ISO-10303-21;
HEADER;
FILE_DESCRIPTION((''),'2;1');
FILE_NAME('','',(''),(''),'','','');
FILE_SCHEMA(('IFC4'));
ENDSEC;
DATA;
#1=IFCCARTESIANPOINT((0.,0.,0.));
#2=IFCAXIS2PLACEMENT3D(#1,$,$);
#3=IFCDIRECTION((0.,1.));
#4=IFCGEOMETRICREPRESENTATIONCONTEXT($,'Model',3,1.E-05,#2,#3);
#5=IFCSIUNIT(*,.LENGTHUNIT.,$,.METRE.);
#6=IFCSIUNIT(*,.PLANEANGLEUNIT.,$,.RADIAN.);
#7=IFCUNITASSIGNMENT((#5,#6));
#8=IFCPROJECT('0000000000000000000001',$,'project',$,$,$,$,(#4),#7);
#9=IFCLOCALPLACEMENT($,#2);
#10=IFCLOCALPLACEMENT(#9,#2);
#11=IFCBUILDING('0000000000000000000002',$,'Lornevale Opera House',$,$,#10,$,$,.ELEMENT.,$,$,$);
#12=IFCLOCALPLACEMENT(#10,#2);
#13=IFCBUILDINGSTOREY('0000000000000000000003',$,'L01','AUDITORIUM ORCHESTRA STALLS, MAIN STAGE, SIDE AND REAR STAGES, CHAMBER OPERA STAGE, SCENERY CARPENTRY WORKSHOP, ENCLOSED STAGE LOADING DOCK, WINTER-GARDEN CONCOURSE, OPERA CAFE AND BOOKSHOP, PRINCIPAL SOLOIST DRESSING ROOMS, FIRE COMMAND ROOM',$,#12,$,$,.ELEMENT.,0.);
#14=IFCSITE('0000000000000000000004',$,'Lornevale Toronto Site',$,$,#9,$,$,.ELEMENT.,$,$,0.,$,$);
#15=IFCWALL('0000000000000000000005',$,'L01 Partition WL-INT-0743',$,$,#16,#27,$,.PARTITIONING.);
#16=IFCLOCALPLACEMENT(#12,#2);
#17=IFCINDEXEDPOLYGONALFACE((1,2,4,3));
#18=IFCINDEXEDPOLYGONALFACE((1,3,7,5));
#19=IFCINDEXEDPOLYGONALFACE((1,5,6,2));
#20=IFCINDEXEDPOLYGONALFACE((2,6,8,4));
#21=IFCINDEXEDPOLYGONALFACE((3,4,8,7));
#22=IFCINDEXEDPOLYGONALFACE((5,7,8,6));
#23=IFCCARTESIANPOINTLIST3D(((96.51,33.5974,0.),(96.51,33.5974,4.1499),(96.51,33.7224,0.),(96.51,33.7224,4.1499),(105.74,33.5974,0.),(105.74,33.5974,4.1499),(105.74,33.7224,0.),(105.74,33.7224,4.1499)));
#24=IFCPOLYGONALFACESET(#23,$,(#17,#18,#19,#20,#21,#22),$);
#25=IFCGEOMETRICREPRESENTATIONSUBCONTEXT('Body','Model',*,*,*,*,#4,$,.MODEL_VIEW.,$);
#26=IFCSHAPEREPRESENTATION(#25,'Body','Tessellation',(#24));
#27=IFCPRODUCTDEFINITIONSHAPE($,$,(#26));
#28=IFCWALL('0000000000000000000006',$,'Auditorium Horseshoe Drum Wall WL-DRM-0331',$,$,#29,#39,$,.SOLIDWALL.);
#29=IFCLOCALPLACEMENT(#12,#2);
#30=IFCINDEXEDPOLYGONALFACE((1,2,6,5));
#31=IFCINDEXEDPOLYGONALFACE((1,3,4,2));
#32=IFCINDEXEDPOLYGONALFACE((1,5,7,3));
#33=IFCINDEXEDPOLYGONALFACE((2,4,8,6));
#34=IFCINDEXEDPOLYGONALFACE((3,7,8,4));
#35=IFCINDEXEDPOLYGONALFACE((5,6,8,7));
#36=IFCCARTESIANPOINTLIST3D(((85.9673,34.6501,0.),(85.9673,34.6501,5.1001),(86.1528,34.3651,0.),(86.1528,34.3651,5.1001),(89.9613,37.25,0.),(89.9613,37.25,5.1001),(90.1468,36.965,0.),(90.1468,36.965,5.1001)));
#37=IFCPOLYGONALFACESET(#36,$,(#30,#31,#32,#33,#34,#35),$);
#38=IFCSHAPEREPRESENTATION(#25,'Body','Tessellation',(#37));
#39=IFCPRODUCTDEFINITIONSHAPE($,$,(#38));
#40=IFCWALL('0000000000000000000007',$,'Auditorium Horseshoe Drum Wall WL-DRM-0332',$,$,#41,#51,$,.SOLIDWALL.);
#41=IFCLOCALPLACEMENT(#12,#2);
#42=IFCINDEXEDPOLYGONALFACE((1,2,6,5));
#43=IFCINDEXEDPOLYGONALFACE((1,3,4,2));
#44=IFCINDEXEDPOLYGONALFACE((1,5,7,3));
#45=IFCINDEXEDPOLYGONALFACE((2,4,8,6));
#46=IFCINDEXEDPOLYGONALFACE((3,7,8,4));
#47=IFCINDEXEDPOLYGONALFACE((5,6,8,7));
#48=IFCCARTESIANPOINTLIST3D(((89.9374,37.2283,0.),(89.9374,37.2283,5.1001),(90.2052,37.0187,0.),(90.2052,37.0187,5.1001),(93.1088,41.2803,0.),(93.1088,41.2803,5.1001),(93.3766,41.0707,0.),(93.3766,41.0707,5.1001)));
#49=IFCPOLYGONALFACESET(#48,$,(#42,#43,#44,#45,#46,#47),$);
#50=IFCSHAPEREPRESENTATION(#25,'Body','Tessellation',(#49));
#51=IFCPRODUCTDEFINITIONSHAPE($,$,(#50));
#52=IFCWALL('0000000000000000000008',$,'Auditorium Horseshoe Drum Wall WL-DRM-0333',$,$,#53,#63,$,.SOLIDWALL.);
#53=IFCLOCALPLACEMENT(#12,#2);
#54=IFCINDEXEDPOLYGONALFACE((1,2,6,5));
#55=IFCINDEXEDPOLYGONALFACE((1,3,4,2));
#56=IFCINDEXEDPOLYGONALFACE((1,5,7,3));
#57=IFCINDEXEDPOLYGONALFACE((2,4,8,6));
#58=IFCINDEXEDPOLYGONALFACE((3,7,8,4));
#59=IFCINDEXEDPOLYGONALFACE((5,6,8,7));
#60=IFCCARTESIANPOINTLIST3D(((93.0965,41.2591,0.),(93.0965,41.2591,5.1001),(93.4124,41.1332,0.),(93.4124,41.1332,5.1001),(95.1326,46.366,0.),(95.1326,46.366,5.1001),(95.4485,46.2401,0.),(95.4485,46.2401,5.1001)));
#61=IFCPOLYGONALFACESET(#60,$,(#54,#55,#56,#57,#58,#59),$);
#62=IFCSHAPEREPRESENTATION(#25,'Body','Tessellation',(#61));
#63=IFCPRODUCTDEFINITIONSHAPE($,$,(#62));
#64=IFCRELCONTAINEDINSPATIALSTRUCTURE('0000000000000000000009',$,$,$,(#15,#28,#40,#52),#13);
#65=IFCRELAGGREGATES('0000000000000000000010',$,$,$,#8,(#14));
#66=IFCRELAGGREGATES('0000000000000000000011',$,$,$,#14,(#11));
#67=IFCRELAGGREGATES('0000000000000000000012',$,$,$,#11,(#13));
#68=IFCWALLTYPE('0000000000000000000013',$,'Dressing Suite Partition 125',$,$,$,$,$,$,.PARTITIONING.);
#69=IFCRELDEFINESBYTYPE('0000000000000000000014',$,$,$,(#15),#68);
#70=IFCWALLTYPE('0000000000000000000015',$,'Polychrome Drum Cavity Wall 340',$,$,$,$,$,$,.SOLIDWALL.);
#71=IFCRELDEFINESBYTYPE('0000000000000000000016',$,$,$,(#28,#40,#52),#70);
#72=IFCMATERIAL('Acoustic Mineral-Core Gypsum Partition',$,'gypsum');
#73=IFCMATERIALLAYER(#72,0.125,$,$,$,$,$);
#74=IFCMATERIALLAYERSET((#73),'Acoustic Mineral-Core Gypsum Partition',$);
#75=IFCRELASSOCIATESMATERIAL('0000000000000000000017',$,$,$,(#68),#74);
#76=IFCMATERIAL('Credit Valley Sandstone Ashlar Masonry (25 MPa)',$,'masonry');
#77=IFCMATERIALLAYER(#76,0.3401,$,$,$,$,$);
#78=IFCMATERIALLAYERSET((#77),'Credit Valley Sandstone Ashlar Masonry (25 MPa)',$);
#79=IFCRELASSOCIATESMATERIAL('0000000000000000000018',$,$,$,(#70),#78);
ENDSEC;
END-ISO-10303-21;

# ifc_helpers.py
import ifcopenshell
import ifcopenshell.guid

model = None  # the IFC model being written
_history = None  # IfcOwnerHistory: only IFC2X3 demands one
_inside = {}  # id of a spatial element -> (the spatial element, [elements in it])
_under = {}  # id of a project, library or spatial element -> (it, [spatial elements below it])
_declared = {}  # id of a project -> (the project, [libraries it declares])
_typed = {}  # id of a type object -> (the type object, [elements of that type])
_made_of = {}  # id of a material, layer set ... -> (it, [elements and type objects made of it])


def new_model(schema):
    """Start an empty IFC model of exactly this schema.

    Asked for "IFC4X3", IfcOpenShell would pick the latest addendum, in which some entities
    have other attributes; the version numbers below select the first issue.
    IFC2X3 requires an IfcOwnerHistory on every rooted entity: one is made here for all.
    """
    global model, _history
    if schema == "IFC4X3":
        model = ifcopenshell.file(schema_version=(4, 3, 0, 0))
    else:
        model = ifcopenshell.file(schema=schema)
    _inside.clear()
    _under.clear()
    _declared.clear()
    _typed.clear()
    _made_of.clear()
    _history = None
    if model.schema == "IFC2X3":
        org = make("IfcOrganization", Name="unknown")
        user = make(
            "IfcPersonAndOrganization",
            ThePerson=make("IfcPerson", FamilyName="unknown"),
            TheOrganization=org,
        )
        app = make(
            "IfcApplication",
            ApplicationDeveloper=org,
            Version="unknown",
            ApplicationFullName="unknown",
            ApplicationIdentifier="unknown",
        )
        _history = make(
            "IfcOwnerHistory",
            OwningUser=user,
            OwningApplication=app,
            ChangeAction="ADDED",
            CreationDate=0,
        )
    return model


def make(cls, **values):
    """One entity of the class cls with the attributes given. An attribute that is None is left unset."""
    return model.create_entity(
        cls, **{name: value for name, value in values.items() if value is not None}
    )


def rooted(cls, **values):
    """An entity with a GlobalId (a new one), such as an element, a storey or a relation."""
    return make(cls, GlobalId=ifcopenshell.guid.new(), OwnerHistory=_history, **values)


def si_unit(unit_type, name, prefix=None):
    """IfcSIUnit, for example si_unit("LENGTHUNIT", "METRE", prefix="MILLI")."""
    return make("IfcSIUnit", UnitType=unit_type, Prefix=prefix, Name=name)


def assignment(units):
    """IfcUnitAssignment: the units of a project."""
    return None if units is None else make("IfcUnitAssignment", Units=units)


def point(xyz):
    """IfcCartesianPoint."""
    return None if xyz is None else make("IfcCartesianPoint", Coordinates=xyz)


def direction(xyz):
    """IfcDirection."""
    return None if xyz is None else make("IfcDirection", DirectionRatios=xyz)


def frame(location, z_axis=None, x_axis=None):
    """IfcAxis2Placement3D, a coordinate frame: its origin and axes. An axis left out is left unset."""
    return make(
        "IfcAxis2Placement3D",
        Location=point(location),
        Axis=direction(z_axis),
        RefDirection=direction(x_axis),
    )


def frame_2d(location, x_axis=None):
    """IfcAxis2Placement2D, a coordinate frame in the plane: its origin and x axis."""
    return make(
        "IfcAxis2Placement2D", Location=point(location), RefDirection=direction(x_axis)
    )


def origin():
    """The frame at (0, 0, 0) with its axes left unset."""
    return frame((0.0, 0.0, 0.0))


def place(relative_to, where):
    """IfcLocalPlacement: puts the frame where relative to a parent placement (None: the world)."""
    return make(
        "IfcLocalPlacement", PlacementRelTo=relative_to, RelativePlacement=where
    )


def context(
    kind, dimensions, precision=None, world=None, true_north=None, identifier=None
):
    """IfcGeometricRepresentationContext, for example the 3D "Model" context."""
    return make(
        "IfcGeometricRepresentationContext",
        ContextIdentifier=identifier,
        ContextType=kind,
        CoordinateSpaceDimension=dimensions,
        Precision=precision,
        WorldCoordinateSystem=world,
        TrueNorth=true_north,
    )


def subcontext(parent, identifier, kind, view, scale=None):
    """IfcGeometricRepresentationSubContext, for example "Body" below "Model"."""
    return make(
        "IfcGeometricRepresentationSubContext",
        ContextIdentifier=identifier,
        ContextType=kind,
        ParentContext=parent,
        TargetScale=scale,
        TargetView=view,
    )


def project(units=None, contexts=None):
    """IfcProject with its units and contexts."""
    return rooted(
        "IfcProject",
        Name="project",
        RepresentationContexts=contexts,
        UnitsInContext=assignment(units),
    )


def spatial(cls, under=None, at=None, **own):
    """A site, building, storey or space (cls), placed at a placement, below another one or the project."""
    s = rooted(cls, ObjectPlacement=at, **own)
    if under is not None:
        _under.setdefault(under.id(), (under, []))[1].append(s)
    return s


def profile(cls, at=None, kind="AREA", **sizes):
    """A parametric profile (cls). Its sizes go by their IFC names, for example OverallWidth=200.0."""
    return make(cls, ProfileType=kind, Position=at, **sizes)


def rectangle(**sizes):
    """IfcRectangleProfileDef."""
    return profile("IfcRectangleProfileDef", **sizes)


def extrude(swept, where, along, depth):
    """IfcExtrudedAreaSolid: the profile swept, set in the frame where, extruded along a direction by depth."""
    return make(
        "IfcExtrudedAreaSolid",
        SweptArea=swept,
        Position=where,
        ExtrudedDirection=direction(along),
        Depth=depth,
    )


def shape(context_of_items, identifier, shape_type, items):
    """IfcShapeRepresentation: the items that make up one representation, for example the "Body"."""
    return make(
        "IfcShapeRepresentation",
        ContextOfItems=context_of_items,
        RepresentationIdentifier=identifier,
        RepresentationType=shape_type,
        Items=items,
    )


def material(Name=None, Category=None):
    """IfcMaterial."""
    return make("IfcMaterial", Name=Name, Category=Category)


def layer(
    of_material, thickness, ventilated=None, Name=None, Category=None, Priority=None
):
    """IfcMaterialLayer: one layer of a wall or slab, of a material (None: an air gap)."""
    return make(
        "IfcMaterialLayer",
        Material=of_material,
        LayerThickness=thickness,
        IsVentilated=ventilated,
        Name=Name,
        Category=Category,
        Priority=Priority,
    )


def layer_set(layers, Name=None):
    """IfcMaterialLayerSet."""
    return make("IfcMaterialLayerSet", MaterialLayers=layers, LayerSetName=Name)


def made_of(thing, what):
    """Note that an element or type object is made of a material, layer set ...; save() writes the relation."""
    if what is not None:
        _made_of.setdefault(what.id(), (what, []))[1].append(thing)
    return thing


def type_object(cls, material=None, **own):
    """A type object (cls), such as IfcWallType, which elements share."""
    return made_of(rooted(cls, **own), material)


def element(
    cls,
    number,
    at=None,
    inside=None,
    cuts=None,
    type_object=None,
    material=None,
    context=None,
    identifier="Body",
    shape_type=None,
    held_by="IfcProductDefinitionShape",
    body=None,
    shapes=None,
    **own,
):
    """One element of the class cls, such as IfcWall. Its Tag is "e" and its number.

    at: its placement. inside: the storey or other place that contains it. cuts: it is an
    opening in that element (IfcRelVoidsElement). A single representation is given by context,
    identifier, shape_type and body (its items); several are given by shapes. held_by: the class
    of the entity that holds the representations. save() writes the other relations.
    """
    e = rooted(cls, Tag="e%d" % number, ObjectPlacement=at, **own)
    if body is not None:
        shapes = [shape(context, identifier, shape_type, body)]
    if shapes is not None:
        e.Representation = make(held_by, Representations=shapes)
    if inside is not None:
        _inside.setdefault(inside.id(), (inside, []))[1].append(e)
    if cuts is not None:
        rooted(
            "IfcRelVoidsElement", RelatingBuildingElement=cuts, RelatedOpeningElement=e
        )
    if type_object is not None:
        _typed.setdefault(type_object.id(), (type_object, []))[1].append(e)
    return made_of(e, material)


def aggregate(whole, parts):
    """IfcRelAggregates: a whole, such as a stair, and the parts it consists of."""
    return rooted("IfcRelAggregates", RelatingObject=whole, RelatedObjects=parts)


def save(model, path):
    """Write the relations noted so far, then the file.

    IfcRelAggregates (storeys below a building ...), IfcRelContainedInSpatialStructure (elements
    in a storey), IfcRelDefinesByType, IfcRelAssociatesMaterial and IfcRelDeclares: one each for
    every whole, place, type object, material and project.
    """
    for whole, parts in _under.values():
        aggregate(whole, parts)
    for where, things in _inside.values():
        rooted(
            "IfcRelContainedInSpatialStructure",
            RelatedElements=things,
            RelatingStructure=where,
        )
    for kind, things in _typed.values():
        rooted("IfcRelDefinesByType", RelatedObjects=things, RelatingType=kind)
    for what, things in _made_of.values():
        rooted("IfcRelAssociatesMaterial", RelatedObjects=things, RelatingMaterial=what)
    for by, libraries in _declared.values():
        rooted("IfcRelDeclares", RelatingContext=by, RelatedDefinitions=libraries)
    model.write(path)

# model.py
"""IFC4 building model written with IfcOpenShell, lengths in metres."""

from ifc_helpers import new_model, si_unit, direction, frame, frame_2d, origin, place, context, subcontext, project, spatial, rectangle, extrude, material, layer, layer_set, type_object, element, save


model = new_model("IFC4")

# Units and contexts
model_context = context("Model", 3, precision=1e-05, world=origin(), true_north=direction((0.0, 1.0)))
body_context = subcontext(model_context, "Body", "Model", "MODEL_VIEW")
ifc_project = project(units=[si_unit("LENGTHUNIT", "METRE"), si_unit("PLANEANGLEUNIT", "RADIAN")], contexts=[model_context])

# Site, building, storey
site_placement = place(None, origin())
site = spatial("IfcSite", under=ifc_project, at=site_placement, Name="Lornevale Toronto Site", CompositionType="ELEMENT", RefElevation=0.0)
building_placement = place(site_placement, origin())
building = spatial("IfcBuilding", under=site, at=building_placement, Name="Lornevale Opera House", CompositionType="ELEMENT")
storey_placement = place(building_placement, origin())
storey = spatial("IfcBuildingStorey", under=building, at=storey_placement, Name="L01", Description="AUDITORIUM ORCHESTRA STALLS, MAIN STAGE, SIDE AND REAR STAGES, CHAMBER OPERA STAGE, SCENERY CARPENTRY WORKSHOP, ENCLOSED STAGE LOADING DOCK, WINTER-GARDEN CONCOURSE, OPERA CAFE AND BOOKSHOP, PRINCIPAL SOLOIST DRESSING ROOMS, FIRE COMMAND ROOM", CompositionType="ELEMENT", Elevation=0.0)

# Shared definitions
ifc_material_1 = material(Name="Acoustic Mineral-Core Gypsum Partition", Category="gypsum")

# Walls
ifc_layer_1 = layer(ifc_material_1, 0.125)
ifc_layer_set_1 = layer_set([ifc_layer_1], Name="Acoustic Mineral-Core Gypsum Partition")
wall_type_1 = type_object("IfcWallType", Name="Dressing Suite Partition 125", PredefinedType="PARTITIONING", material=ifc_layer_set_1)
wall_1_placement = place(storey_placement, frame((96.51, 33.6599, 0.0), z_axis=(0.0, 0.0, 1.0), x_axis=(1.0, 0.0, 0.0)))
element("IfcWall", 1, at=wall_1_placement, inside=storey, type_object=wall_type_1, Name="L01 Partition WL-INT-0743", PredefinedType="PARTITIONING", context=body_context, shape_type="SweptSolid", body=[
    extrude(rectangle(XDim=9.23, YDim=0.125, at=frame_2d((4.615, 0.0))), origin(), (0.0, 0.0, 1.0), 4.1499),
])
ifc_material_2 = material(Name="Credit Valley Sandstone Ashlar Masonry (25 MPa)", Category="masonry")
ifc_layer_2 = layer(ifc_material_2, 0.3401)
ifc_layer_set_2 = layer_set([ifc_layer_2], Name="Credit Valley Sandstone Ashlar Masonry (25 MPa)")
wall_type_2 = type_object("IfcWallType", Name="Polychrome Drum Cavity Wall 340", PredefinedType="SOLIDWALL", material=ifc_layer_set_2)
wall_2_placement = place(storey_placement, frame((86.0601, 34.5076, 0.0), z_axis=(0.0, 0.0, 1.0), x_axis=(0.838077, 0.545552, 0.0)))
element("IfcWall", 2, at=wall_2_placement, inside=storey, type_object=wall_type_2, Name="Auditorium Horseshoe Drum Wall WL-DRM-0331", PredefinedType="SOLIDWALL", context=body_context, shape_type="SweptSolid", body=[
    extrude(rectangle(XDim=4.7656, YDim=0.3401, at=frame_2d((2.3828, 0.0))), origin(), (0.0, 0.0, 1.0), 5.1001),
])
wall_3_placement = place(storey_placement, frame((90.0713, 37.1235, 0.0), z_axis=(0.0, 0.0, 1.0), x_axis=(0.616339, 0.787481, 0.0)))
element("IfcWall", 3, at=wall_3_placement, inside=storey, type_object=wall_type_2, Name="Auditorium Horseshoe Drum Wall WL-DRM-0332", PredefinedType="SOLIDWALL", context=body_context, shape_type="SweptSolid", body=[
    extrude(rectangle(XDim=5.1455, YDim=0.3401, at=frame_2d((2.5728, 0.0))), origin(), (0.0, 0.0, 1.0), 5.1001),
])
wall_4_placement = place(storey_placement, frame((93.2544, 41.196, 0.0), z_axis=(0.0, 0.0, 1.0), x_axis=(0.370349, 0.928893, 0.0)))
element("IfcWall", 4, at=wall_4_placement, inside=storey, type_object=wall_type_2, Name="Auditorium Horseshoe Drum Wall WL-DRM-0333", PredefinedType="SOLIDWALL", context=body_context, shape_type="SweptSolid", body=[
    extrude(rectangle(XDim=5.4978, YDim=0.3401, at=frame_2d((2.749, 0.0))), origin(), (0.0, 0.0, 1.0), 5.1001),
])

save(model, "model.ifc")
